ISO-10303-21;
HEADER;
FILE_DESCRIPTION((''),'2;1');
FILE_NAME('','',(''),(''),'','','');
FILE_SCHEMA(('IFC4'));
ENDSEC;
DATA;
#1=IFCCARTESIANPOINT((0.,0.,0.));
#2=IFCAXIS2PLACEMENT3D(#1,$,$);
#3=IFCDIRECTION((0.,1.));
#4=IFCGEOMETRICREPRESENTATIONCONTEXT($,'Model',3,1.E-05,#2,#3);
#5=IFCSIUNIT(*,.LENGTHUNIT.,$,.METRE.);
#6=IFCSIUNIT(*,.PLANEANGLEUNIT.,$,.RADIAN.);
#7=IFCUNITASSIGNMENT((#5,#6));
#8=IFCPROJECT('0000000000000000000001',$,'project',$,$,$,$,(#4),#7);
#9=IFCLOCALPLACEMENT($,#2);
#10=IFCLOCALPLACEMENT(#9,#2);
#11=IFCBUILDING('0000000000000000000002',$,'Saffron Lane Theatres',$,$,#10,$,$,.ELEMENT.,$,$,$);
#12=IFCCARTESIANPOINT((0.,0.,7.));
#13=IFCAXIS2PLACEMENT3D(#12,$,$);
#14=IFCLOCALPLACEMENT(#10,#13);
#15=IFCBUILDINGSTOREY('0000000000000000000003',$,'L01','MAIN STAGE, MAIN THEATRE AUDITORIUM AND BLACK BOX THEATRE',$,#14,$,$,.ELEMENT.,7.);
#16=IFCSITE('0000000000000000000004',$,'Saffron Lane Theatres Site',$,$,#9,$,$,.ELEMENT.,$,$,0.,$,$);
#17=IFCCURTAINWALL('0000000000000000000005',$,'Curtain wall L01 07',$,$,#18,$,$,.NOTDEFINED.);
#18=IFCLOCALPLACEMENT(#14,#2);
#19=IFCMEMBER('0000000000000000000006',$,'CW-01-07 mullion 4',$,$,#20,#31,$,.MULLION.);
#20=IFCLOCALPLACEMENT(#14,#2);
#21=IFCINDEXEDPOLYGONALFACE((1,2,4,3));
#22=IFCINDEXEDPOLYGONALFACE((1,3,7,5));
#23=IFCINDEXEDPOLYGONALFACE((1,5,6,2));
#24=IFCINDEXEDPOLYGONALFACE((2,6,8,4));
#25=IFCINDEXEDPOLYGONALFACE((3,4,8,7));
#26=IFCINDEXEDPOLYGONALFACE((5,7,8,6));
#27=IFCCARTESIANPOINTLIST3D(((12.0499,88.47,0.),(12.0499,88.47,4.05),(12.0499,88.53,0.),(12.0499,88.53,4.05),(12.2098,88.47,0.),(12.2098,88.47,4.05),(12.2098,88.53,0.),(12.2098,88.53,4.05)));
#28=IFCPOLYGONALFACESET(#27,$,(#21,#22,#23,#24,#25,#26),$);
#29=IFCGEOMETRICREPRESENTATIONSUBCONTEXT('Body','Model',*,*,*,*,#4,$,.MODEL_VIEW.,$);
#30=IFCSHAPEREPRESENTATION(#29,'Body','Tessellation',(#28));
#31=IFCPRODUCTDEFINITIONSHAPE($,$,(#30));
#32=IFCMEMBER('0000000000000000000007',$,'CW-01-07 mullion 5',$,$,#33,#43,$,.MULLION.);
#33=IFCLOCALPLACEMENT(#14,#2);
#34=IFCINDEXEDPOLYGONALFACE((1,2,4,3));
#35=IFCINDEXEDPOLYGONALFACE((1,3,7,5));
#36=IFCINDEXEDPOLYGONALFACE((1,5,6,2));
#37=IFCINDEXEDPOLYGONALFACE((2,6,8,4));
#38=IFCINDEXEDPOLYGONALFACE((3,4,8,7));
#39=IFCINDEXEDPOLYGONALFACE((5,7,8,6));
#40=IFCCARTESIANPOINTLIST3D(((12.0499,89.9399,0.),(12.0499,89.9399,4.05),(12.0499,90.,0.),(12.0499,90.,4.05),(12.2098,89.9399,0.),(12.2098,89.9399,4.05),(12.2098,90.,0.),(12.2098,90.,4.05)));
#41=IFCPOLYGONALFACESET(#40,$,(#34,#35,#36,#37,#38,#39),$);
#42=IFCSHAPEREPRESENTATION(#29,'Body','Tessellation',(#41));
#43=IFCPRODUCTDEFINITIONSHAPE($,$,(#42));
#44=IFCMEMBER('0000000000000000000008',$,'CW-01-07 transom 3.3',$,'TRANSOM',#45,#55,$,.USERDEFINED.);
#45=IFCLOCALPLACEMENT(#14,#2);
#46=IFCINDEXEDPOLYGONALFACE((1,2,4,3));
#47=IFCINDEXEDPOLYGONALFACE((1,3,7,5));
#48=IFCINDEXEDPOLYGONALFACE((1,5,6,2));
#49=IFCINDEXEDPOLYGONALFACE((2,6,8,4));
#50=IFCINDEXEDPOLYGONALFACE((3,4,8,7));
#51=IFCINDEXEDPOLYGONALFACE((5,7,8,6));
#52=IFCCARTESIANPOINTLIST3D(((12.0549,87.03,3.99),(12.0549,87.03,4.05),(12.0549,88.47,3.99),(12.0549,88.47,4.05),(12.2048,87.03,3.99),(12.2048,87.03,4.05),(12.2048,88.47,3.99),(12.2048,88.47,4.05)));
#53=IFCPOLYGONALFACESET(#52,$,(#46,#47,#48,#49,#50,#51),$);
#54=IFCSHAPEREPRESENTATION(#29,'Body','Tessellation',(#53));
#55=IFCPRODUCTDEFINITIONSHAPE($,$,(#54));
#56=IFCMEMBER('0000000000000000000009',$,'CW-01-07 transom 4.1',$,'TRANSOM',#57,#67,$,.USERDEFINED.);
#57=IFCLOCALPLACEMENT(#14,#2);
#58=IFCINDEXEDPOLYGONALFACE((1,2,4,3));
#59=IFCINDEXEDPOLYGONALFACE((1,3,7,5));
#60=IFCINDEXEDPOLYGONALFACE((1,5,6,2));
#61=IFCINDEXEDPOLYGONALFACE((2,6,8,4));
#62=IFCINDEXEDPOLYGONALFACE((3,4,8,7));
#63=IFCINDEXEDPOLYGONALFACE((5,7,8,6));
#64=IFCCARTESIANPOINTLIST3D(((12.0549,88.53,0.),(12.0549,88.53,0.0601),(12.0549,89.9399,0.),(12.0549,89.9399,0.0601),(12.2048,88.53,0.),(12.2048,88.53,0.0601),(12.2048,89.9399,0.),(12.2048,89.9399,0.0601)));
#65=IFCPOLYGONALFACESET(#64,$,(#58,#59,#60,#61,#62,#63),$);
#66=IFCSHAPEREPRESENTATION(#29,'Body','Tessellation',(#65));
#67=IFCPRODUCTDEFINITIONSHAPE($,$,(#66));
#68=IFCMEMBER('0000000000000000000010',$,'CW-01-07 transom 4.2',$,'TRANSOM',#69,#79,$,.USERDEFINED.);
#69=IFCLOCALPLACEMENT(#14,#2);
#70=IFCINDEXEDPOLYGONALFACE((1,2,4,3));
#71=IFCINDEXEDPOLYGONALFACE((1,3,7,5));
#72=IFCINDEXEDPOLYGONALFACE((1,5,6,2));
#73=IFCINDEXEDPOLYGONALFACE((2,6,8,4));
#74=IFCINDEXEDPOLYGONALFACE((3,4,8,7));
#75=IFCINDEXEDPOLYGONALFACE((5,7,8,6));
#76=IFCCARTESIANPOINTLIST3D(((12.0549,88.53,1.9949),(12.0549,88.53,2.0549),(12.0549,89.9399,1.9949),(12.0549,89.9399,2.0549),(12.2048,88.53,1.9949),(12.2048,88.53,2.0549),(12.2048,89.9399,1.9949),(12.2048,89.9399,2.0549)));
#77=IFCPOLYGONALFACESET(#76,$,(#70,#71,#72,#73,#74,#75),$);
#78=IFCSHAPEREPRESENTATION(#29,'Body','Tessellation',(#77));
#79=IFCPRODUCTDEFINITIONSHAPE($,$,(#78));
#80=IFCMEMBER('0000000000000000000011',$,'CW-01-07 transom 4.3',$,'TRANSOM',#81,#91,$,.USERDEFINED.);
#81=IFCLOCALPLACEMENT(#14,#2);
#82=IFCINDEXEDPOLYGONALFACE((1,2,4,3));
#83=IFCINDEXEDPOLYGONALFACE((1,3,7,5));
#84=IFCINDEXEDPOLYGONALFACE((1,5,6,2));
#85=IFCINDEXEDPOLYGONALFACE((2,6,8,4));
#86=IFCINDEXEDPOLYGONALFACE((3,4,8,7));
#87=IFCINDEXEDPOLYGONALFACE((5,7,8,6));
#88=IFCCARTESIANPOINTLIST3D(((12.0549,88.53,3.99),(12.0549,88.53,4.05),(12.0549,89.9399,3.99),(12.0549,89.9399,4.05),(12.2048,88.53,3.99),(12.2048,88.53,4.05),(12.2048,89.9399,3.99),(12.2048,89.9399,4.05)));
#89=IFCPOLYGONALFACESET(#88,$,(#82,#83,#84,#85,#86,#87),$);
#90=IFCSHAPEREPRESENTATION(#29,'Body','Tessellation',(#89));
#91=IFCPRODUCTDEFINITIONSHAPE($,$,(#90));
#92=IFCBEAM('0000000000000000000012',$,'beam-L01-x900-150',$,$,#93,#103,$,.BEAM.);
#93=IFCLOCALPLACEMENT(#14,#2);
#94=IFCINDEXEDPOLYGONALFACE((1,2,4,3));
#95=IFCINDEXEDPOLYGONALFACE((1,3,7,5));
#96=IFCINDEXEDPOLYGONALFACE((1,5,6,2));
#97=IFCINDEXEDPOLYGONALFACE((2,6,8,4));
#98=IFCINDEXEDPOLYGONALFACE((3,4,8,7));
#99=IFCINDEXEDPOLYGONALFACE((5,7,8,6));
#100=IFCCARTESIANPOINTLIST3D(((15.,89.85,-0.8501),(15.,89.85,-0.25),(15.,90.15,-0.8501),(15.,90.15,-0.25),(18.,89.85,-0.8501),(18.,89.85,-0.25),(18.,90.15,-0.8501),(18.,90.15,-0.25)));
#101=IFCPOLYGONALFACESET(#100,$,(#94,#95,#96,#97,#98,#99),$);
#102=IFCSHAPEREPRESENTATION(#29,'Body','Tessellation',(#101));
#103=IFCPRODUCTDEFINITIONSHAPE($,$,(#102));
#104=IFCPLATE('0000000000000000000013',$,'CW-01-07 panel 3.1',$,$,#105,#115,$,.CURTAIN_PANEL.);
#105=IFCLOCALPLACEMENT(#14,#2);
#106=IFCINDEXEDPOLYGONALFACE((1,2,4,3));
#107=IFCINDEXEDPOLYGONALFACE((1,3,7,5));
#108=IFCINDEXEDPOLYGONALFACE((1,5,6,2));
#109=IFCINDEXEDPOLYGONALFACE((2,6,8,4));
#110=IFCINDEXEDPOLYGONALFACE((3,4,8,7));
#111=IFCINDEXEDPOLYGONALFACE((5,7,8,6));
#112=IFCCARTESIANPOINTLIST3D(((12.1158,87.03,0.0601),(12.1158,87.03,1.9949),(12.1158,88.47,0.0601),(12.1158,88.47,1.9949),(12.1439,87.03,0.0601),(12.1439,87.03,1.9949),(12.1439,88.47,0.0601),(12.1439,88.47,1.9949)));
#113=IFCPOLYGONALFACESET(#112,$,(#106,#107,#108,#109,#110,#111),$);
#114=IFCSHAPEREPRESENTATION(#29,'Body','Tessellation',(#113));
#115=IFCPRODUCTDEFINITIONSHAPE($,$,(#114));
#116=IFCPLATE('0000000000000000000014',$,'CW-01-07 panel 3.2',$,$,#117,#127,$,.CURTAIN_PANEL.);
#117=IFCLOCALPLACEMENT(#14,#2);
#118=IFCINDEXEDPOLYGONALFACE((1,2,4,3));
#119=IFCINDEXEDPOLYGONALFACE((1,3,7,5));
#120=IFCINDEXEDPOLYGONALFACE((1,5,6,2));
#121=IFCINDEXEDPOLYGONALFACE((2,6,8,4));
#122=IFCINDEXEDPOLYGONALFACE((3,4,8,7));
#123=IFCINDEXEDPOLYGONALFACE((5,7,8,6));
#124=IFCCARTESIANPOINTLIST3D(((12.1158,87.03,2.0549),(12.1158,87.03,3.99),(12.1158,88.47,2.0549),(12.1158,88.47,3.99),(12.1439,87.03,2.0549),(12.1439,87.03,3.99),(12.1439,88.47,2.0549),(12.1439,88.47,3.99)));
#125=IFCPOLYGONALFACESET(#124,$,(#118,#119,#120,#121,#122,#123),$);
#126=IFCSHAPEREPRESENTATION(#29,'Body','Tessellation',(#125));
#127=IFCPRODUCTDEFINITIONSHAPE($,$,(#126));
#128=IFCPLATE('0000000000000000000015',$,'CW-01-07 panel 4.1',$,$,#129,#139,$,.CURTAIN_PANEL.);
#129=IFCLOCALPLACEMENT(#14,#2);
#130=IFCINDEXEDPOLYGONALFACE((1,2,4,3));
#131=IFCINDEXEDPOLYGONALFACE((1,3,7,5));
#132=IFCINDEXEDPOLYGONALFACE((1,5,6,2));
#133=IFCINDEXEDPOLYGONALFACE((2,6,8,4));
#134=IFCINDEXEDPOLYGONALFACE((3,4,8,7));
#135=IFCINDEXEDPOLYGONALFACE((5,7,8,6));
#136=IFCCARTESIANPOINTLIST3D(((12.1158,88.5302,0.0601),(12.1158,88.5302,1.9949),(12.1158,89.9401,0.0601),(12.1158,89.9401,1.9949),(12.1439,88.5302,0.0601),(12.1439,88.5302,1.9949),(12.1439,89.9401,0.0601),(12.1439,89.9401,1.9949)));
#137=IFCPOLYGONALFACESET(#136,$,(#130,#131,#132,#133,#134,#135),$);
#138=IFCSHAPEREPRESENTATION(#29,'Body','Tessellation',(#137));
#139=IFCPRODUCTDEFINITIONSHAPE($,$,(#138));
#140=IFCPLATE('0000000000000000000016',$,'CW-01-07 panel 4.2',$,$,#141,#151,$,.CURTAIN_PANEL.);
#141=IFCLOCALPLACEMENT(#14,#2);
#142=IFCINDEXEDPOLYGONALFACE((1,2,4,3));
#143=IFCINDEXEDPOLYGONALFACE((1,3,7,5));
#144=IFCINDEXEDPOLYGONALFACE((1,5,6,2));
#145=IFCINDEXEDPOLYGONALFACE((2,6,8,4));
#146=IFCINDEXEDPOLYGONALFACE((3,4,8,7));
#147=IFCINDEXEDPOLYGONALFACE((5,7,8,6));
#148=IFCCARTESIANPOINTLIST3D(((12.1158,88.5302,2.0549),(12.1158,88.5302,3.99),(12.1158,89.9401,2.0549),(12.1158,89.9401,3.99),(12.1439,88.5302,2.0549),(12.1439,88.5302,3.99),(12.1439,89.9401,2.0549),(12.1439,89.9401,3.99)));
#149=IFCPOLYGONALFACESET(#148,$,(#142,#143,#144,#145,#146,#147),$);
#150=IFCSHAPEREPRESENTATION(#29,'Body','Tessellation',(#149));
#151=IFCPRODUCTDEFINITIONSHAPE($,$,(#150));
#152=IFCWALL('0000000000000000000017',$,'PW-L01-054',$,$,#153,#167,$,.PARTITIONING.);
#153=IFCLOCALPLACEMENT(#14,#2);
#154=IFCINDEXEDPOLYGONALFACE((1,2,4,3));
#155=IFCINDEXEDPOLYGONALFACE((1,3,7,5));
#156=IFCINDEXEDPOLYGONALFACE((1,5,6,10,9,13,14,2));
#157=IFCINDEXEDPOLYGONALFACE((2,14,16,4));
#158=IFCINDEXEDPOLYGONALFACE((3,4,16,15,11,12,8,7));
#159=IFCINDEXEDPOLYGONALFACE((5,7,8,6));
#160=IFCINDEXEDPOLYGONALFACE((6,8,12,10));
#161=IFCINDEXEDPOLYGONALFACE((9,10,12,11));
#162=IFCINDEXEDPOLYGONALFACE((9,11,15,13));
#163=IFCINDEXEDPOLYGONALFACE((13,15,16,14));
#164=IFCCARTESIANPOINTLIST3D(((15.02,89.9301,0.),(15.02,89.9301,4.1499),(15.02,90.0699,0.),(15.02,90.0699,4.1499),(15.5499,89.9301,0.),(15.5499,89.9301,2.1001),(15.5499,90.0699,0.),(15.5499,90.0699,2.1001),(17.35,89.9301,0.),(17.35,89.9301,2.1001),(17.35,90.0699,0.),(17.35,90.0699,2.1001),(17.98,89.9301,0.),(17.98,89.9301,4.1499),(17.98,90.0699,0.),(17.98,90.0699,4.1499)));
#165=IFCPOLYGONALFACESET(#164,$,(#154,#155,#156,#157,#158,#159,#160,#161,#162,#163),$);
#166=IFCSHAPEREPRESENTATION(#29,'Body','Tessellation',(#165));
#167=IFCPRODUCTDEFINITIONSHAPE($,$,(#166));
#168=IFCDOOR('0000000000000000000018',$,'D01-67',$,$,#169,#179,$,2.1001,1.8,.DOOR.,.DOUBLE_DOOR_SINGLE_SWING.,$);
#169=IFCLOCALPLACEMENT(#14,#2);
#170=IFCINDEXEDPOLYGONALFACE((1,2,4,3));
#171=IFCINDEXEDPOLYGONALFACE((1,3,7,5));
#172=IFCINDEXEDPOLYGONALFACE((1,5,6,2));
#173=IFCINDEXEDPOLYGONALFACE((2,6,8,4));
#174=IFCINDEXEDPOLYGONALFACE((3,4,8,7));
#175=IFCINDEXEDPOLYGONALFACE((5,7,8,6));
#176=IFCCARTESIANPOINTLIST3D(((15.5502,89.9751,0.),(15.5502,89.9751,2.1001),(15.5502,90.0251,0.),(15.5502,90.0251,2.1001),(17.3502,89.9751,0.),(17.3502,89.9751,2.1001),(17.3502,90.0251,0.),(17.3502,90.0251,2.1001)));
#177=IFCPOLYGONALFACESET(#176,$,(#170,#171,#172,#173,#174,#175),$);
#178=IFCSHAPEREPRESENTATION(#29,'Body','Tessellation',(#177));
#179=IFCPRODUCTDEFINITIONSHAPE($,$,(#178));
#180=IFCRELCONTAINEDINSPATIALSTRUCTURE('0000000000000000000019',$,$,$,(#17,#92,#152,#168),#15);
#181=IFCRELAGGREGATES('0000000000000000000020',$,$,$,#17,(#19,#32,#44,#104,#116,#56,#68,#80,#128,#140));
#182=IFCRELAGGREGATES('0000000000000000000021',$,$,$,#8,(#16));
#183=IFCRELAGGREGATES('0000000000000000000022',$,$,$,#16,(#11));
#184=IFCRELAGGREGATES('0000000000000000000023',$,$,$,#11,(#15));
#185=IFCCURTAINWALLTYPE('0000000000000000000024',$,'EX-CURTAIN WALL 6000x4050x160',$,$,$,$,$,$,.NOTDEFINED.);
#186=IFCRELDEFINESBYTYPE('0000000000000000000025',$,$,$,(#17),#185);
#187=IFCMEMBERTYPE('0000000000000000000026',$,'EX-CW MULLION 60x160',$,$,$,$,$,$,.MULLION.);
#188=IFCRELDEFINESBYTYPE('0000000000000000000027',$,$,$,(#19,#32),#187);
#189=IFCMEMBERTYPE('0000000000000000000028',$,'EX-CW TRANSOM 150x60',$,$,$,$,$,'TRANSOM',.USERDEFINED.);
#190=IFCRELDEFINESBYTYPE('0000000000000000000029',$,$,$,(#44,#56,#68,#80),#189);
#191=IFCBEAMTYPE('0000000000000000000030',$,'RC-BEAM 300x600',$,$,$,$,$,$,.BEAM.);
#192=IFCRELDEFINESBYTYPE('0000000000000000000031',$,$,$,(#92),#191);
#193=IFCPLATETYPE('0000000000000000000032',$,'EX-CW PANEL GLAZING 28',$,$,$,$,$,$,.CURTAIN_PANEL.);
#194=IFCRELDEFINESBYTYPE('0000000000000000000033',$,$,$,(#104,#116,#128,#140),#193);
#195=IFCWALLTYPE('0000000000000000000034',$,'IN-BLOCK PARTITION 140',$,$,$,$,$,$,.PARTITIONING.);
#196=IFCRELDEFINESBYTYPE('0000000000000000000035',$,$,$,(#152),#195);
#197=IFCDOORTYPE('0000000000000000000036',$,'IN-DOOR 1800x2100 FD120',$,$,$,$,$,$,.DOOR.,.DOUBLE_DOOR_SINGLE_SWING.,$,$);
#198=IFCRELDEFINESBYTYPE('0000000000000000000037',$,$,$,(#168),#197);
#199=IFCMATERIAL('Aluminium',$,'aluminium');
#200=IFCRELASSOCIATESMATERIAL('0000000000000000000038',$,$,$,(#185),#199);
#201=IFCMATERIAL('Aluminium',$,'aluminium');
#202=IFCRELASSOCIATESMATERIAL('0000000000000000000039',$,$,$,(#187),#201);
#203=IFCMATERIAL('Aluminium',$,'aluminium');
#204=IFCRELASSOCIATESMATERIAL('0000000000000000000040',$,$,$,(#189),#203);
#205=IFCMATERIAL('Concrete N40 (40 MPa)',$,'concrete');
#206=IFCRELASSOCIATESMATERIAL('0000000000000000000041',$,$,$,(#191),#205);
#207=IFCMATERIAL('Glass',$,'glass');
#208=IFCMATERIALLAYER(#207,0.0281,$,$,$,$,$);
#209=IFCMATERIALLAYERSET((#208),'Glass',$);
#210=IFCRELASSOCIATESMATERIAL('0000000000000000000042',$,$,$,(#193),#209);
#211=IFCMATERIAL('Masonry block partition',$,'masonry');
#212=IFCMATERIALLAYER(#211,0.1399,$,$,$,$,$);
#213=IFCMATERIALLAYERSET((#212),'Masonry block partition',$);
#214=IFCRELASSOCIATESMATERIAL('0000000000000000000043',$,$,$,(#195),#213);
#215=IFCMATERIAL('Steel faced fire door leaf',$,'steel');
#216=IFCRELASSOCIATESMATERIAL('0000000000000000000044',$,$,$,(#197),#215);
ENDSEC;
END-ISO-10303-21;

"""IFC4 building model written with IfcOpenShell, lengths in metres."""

from ifc_helpers import new_model, si_unit, direction, frame, frame_2d, origin, origin_2d, place, context, subcontext, project, spatial, rectangle, extrude, material, layer, layer_set, material_profile, profile_set, type_object, element, fill, aggregate, save


model = new_model("IFC4")

# Units and contexts
model_context = context("Model", 3, precision=1e-05, world=origin(), true_north=direction((0.0, 1.0)))
body_context = subcontext(model_context, "Body", "Model", "MODEL_VIEW")
ifc_project = project(units=[si_unit("LENGTHUNIT", "METRE"), si_unit("PLANEANGLEUNIT", "RADIAN")], contexts=[model_context])

# Site, building, storey
site_placement = place(None, origin())
site = spatial("IfcSite", under=ifc_project, at=site_placement, Name="Saffron Lane Theatres Site", CompositionType="ELEMENT", RefElevation=0.0)
building_placement = place(site_placement, origin())
building = spatial("IfcBuilding", under=site, at=building_placement, Name="Saffron Lane Theatres", CompositionType="ELEMENT")
storey_placement = place(building_placement, frame((0.0, 0.0, 7.0)))
storey = spatial("IfcBuildingStorey", under=building, at=storey_placement, Name="L01", Description="MAIN STAGE, MAIN THEATRE AUDITORIUM AND BLACK BOX THEATRE", CompositionType="ELEMENT", Elevation=7.0)

# Curtain wall, members
ifc_material_1 = material(Name="Aluminium", Category="aluminium")
curtain_wall_type = type_object("IfcCurtainWallType", Name="EX-CURTAIN WALL 6000x4050x160", PredefinedType="NOTDEFINED", material=ifc_material_1)
curtain_wall_placement = place(storey_placement, origin())
curtain_wall = element("IfcCurtainWall", 1, at=curtain_wall_placement, inside=storey, type_object=curtain_wall_type, Name="Curtain wall L01 07", PredefinedType="NOTDEFINED")
ifc_material_2 = material(Name="Aluminium", Category="aluminium")
ifc_material_profile_1 = material_profile(ifc_material_2, rectangle(XDim=0.0601, YDim=0.1599, at=origin_2d()))
ifc_profile_set_1 = profile_set([ifc_material_profile_1], Name="Aluminium")
member_type_1 = type_object("IfcMemberType", Name="EX-CW MULLION 60x160", PredefinedType="MULLION", material=ifc_profile_set_1)
member_1_placement = place(storey_placement, frame((12.1299, 88.5, 0.0), z_axis=(0.0, 0.0, 1.0), x_axis=(0.0, 1.0, 0.0)))
member_1 = element("IfcMember", 2, at=member_1_placement, type_object=member_type_1, Name="CW-01-07 mullion 4", PredefinedType="MULLION", context=body_context, shape_type="SweptSolid", body=[
    extrude(rectangle(XDim=0.0601, YDim=0.1599, at=origin_2d()), origin(), (0.0, 0.0, 1.0), 4.05),
])
member_2_placement = place(storey_placement, frame((12.1299, 89.97, 0.0), z_axis=(0.0, 0.0, 1.0), x_axis=(0.0, 1.0, 0.0)))
member_2 = element("IfcMember", 3, at=member_2_placement, type_object=member_type_1, Name="CW-01-07 mullion 5", PredefinedType="MULLION", context=body_context, shape_type="SweptSolid", body=[
    extrude(rectangle(XDim=0.0601, YDim=0.1599, at=origin_2d()), origin(), (0.0, 0.0, 1.0), 4.05),
])
ifc_material_3 = material(Name="Aluminium", Category="aluminium")
ifc_material_profile_2 = material_profile(ifc_material_3, rectangle(XDim=0.1499, YDim=0.0601, at=origin_2d()))
ifc_profile_set_2 = profile_set([ifc_material_profile_2], Name="Aluminium")
member_type_2 = type_object("IfcMemberType", Name="EX-CW TRANSOM 150x60", ElementType="TRANSOM", PredefinedType="USERDEFINED", material=ifc_profile_set_2)
member_3_placement = place(storey_placement, frame((12.1299, 87.03, 4.02), z_axis=(0.0, 1.0, 0.0), x_axis=(-1.0, 0.0, 0.0)))
member_3 = element("IfcMember", 4, at=member_3_placement, type_object=member_type_2, Name="CW-01-07 transom 3.3", ObjectType="TRANSOM", PredefinedType="USERDEFINED", context=body_context, shape_type="SweptSolid", body=[
    extrude(rectangle(XDim=0.1499, YDim=0.0601, at=origin_2d()), origin(), (0.0, 0.0, 1.0), 1.4399),
])
member_4_placement = place(storey_placement, frame((12.1299, 88.53, 0.03), z_axis=(0.0, 1.0, 0.0), x_axis=(-1.0, 0.0, 0.0)))
member_4 = element("IfcMember", 5, at=member_4_placement, type_object=member_type_2, Name="CW-01-07 transom 4.1", ObjectType="TRANSOM", PredefinedType="USERDEFINED", context=body_context, shape_type="SweptSolid", body=[
    extrude(rectangle(XDim=0.1499, YDim=0.0601, at=origin_2d()), origin(), (0.0, 0.0, 1.0), 1.4099),
])
member_5_placement = place(storey_placement, frame((12.1299, 88.53, 2.0249), z_axis=(0.0, 1.0, 0.0), x_axis=(-1.0, 0.0, 0.0)))
member_5 = element("IfcMember", 6, at=member_5_placement, type_object=member_type_2, Name="CW-01-07 transom 4.2", ObjectType="TRANSOM", PredefinedType="USERDEFINED", context=body_context, shape_type="SweptSolid", body=[
    extrude(rectangle(XDim=0.1499, YDim=0.0601, at=origin_2d()), origin(), (0.0, 0.0, 1.0), 1.4099),
])
member_6_placement = place(storey_placement, frame((12.1299, 88.53, 4.02), z_axis=(0.0, 1.0, 0.0), x_axis=(-1.0, 0.0, 0.0)))
member_6 = element("IfcMember", 7, at=member_6_placement, type_object=member_type_2, Name="CW-01-07 transom 4.3", ObjectType="TRANSOM", PredefinedType="USERDEFINED", context=body_context, shape_type="SweptSolid", body=[
    extrude(rectangle(XDim=0.1499, YDim=0.0601, at=origin_2d()), origin(), (0.0, 0.0, 1.0), 1.4099),
])

# Beam
ifc_material_4 = material(Name="Concrete N40 (40 MPa)", Category="concrete")
ifc_material_profile_3 = material_profile(ifc_material_4, rectangle(XDim=0.3, YDim=0.6001, at=origin_2d()))
ifc_profile_set_3 = profile_set([ifc_material_profile_3], Name="Concrete N40 (40 MPa)")
beam_type = type_object("IfcBeamType", Name="RC-BEAM 300x600", PredefinedType="BEAM", material=ifc_profile_set_3)
beam_placement = place(storey_placement, frame((15.0, 90.0, -0.55), z_axis=(1.0, 0.0, 0.0), x_axis=(0.0, 1.0, 0.0)))
element("IfcBeam", 8, at=beam_placement, inside=storey, type_object=beam_type, Name="beam-L01-x900-150", PredefinedType="BEAM", context=body_context, shape_type="SweptSolid", body=[
    extrude(rectangle(XDim=0.3, YDim=0.6001, at=origin_2d()), origin(), (0.0, 0.0, 1.0), 3.0),
])

# Plates
ifc_material_5 = material(Name="Glass", Category="glass")
ifc_layer_1 = layer(ifc_material_5, 0.0281)
ifc_layer_set_1 = layer_set([ifc_layer_1], Name="Glass")
plate_type = type_object("IfcPlateType", Name="EX-CW PANEL GLAZING 28", PredefinedType="CURTAIN_PANEL", material=ifc_layer_set_1)
plate_1_placement = place(storey_placement, frame((12.1299, 87.75, 0.0601), z_axis=(0.0, 0.0, 1.0), x_axis=(0.0, 1.0, 0.0)))
plate_1 = element("IfcPlate", 9, at=plate_1_placement, type_object=plate_type, Name="CW-01-07 panel 3.1", PredefinedType="CURTAIN_PANEL", context=body_context, shape_type="SweptSolid", body=[
    extrude(rectangle(XDim=1.4399, YDim=0.0281, at=origin_2d()), origin(), (0.0, 0.0, 1.0), 1.9348),
])
plate_2_placement = place(storey_placement, frame((12.1299, 87.75, 2.0549), z_axis=(0.0, 0.0, 1.0), x_axis=(0.0, 1.0, 0.0)))
plate_2 = element("IfcPlate", 10, at=plate_2_placement, type_object=plate_type, Name="CW-01-07 panel 3.2", PredefinedType="CURTAIN_PANEL", context=body_context, shape_type="SweptSolid", body=[
    extrude(rectangle(XDim=1.4399, YDim=0.0281, at=origin_2d()), origin(), (0.0, 0.0, 1.0), 1.9351),
])
plate_3_placement = place(storey_placement, frame((12.1299, 89.2351, 0.0601), z_axis=(0.0, 0.0, 1.0), x_axis=(0.0, 1.0, 0.0)))
plate_3 = element("IfcPlate", 11, at=plate_3_placement, type_object=plate_type, Name="CW-01-07 panel 4.1", PredefinedType="CURTAIN_PANEL", context=body_context, shape_type="SweptSolid", body=[
    extrude(rectangle(XDim=1.4099, YDim=0.0281, at=origin_2d()), origin(), (0.0, 0.0, 1.0), 1.9348),
])
plate_4_placement = place(storey_placement, frame((12.1299, 89.2351, 2.0549), z_axis=(0.0, 0.0, 1.0), x_axis=(0.0, 1.0, 0.0)))
plate_4 = element("IfcPlate", 12, at=plate_4_placement, type_object=plate_type, Name="CW-01-07 panel 4.2", PredefinedType="CURTAIN_PANEL", context=body_context, shape_type="SweptSolid", body=[
    extrude(rectangle(XDim=1.4099, YDim=0.0281, at=origin_2d()), origin(), (0.0, 0.0, 1.0), 1.9351),
])
aggregate(curtain_wall, [member_1, member_2, member_3, plate_1, plate_2, member_4, member_5, member_6, plate_3, plate_4])

# Wall, opening, door
ifc_material_6 = material(Name="Masonry block partition", Category="masonry")
ifc_layer_2 = layer(ifc_material_6, 0.1399)
ifc_layer_set_2 = layer_set([ifc_layer_2], Name="Masonry block partition")
wall_type_1 = type_object("IfcWallType", Name="IN-BLOCK PARTITION 140", PredefinedType="PARTITIONING", material=ifc_layer_set_2)
wall_1_placement = place(storey_placement, frame((15.02, 90.0, 0.0), z_axis=(0.0, 0.0, 1.0), x_axis=(1.0, 0.0, 0.0)))
wall_1 = element("IfcWall", 13, at=wall_1_placement, inside=storey, type_object=wall_type_1, Name="PW-L01-054", PredefinedType="PARTITIONING", context=body_context, shape_type="SweptSolid", body=[
    extrude(rectangle(XDim=2.96, YDim=0.1399, at=frame_2d((1.48, 0.0))), origin(), (0.0, 0.0, 1.0), 4.1499),
])
opening_placement = place(wall_1_placement, frame((0.53, 0.0, 0.0)))
opening = element("IfcOpeningElement", 14, at=opening_placement, cuts=wall_1, PredefinedType="OPENING", context=body_context, shape_type="SweptSolid", body=[
    extrude(rectangle(XDim=1.8, YDim=2.1001, at=frame_2d((0.8999, 1.05))), frame((0.0, 0.0801, 0.0), z_axis=(0.0, -1.0, 0.0), x_axis=(1.0, 0.0, 0.0)), (0.0, 0.0, 1.0), 0.1599),
])
ifc_material_7 = material(Name="Steel faced fire door leaf", Category="steel")
door_type = type_object("IfcDoorType", Name="IN-DOOR 1800x2100 FD120", OperationType="DOUBLE_DOOR_SINGLE_SWING", PredefinedType="DOOR", material=ifc_material_7)
door_placement = place(opening_placement, frame((1.8, 0.0, 0.0), z_axis=(0.0, 0.0, 1.0), x_axis=(-1.0, 0.0, 0.0)))
door = element("IfcDoor", 15, at=door_placement, inside=storey, type_object=door_type, Name="D01-67", OperationType="DOUBLE_DOOR_SINGLE_SWING", OverallHeight=2.1001, OverallWidth=1.8, PredefinedType="DOOR", context=body_context, shape_type="SweptSolid", body=[
    extrude(rectangle(XDim=1.8, YDim=2.1001, at=frame_2d((0.8999, 1.05))), frame((0.0, 0.0249, 0.0), z_axis=(0.0, -1.0, 0.0), x_axis=(1.0, 0.0, 0.0)), (0.0, 0.0, 1.0), 0.05),
])
fill(opening, door)

save(model, "model.ifc")
